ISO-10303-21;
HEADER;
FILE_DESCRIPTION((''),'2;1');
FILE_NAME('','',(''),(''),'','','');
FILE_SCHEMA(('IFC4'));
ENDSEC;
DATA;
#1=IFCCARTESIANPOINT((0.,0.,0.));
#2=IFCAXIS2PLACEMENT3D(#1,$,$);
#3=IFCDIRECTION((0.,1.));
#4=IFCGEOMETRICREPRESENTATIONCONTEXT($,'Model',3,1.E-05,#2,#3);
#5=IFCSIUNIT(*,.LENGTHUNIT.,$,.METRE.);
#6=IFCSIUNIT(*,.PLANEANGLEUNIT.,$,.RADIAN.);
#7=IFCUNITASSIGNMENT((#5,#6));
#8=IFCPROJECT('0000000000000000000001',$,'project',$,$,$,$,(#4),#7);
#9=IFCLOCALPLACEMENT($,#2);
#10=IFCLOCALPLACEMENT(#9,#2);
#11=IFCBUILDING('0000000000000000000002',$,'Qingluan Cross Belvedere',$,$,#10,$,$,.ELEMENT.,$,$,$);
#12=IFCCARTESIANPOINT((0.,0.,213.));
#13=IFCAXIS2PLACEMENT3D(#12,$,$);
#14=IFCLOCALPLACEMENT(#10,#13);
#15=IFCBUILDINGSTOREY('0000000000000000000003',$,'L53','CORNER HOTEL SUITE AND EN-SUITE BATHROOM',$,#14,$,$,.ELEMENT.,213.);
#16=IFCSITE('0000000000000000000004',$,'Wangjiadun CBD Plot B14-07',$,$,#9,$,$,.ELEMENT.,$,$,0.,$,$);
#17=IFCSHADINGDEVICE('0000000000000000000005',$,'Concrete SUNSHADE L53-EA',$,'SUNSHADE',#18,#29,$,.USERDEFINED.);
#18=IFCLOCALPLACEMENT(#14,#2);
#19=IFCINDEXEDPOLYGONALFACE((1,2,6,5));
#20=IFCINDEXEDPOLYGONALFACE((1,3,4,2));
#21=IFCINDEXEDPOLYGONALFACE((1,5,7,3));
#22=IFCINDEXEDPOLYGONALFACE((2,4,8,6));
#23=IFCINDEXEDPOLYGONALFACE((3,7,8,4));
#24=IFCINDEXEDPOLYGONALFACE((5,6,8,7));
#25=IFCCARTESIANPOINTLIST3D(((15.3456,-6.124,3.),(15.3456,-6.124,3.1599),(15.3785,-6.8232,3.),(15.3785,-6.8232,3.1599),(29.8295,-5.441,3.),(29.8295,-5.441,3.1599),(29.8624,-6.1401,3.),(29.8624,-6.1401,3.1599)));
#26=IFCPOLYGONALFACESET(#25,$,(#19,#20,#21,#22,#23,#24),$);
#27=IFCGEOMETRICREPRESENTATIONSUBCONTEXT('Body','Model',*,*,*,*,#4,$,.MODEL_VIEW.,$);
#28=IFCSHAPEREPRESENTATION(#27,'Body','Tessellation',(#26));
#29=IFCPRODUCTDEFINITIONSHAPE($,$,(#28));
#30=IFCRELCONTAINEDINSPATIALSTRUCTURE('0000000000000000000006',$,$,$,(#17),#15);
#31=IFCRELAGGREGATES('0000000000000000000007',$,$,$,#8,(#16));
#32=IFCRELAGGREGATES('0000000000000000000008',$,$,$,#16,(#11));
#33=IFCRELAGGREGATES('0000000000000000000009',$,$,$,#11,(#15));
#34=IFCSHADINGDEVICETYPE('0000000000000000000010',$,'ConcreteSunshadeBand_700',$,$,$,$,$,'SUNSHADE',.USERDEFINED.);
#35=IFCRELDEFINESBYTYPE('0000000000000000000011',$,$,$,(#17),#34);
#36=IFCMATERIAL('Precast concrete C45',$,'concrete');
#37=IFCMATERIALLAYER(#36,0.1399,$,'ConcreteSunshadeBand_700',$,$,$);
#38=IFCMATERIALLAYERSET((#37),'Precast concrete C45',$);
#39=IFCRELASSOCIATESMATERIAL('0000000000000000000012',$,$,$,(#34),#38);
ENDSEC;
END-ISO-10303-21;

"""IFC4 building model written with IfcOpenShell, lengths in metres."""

from ifc_helpers import new_model, si_unit, direction, frame, origin, origin_2d, place, context, subcontext, project, spatial, rectangle, extrude, material, layer, layer_set, type_object, element, save


model = new_model("IFC4")

# Units and contexts
model_context = context("Model", 3, precision=1e-05, world=origin(), true_north=direction((0.0, 1.0)))
body_context = subcontext(model_context, "Body", "Model", "MODEL_VIEW")
ifc_project = project(units=[si_unit("LENGTHUNIT", "METRE"), si_unit("PLANEANGLEUNIT", "RADIAN")], contexts=[model_context])

# Site, building, storey
site_placement = place(None, origin())
site = spatial("IfcSite", under=ifc_project, at=site_placement, Name="Wangjiadun CBD Plot B14-07", CompositionType="ELEMENT", RefElevation=0.0)
building_placement = place(site_placement, origin())
building = spatial("IfcBuilding", under=site, at=building_placement, Name="Qingluan Cross Belvedere", CompositionType="ELEMENT")
storey_placement = place(building_placement, frame((0.0, 0.0, 213.0)))
storey = spatial("IfcBuildingStorey", under=building, at=storey_placement, Name="L53", Description="CORNER HOTEL SUITE AND EN-SUITE BATHROOM", CompositionType="ELEMENT", Elevation=213.0)

# Shading device
ifc_material_1 = material(Name="Precast concrete C45", Category="concrete")
ifc_layer_1 = layer(ifc_material_1, 0.1399, Name="ConcreteSunshadeBand_700")
ifc_layer_set_1 = layer_set([ifc_layer_1], Name="Precast concrete C45")
shading_device_type = type_object("IfcShadingDeviceType", Name="ConcreteSunshadeBand_700", ElementType="SUNSHADE", PredefinedType="USERDEFINED", material=ifc_layer_set_1)
shading_device_placement = place(storey_placement, frame((22.604, -6.1321, 3.0), z_axis=(0.0, 0.0, 1.0), x_axis=(0.99889, 0.047109, 0.0)))
element("IfcShadingDevice", 1, at=shading_device_placement, inside=storey, type_object=shading_device_type, Name="Concrete SUNSHADE L53-EA", ObjectType="SUNSHADE", PredefinedType="USERDEFINED", context=body_context, shape_type="SweptSolid", body=[
    extrude(rectangle(XDim=14.5, YDim=0.7, at=origin_2d()), origin(), (0.0, 0.0, 1.0), 0.1599),
])

save(model, "model.ifc")
